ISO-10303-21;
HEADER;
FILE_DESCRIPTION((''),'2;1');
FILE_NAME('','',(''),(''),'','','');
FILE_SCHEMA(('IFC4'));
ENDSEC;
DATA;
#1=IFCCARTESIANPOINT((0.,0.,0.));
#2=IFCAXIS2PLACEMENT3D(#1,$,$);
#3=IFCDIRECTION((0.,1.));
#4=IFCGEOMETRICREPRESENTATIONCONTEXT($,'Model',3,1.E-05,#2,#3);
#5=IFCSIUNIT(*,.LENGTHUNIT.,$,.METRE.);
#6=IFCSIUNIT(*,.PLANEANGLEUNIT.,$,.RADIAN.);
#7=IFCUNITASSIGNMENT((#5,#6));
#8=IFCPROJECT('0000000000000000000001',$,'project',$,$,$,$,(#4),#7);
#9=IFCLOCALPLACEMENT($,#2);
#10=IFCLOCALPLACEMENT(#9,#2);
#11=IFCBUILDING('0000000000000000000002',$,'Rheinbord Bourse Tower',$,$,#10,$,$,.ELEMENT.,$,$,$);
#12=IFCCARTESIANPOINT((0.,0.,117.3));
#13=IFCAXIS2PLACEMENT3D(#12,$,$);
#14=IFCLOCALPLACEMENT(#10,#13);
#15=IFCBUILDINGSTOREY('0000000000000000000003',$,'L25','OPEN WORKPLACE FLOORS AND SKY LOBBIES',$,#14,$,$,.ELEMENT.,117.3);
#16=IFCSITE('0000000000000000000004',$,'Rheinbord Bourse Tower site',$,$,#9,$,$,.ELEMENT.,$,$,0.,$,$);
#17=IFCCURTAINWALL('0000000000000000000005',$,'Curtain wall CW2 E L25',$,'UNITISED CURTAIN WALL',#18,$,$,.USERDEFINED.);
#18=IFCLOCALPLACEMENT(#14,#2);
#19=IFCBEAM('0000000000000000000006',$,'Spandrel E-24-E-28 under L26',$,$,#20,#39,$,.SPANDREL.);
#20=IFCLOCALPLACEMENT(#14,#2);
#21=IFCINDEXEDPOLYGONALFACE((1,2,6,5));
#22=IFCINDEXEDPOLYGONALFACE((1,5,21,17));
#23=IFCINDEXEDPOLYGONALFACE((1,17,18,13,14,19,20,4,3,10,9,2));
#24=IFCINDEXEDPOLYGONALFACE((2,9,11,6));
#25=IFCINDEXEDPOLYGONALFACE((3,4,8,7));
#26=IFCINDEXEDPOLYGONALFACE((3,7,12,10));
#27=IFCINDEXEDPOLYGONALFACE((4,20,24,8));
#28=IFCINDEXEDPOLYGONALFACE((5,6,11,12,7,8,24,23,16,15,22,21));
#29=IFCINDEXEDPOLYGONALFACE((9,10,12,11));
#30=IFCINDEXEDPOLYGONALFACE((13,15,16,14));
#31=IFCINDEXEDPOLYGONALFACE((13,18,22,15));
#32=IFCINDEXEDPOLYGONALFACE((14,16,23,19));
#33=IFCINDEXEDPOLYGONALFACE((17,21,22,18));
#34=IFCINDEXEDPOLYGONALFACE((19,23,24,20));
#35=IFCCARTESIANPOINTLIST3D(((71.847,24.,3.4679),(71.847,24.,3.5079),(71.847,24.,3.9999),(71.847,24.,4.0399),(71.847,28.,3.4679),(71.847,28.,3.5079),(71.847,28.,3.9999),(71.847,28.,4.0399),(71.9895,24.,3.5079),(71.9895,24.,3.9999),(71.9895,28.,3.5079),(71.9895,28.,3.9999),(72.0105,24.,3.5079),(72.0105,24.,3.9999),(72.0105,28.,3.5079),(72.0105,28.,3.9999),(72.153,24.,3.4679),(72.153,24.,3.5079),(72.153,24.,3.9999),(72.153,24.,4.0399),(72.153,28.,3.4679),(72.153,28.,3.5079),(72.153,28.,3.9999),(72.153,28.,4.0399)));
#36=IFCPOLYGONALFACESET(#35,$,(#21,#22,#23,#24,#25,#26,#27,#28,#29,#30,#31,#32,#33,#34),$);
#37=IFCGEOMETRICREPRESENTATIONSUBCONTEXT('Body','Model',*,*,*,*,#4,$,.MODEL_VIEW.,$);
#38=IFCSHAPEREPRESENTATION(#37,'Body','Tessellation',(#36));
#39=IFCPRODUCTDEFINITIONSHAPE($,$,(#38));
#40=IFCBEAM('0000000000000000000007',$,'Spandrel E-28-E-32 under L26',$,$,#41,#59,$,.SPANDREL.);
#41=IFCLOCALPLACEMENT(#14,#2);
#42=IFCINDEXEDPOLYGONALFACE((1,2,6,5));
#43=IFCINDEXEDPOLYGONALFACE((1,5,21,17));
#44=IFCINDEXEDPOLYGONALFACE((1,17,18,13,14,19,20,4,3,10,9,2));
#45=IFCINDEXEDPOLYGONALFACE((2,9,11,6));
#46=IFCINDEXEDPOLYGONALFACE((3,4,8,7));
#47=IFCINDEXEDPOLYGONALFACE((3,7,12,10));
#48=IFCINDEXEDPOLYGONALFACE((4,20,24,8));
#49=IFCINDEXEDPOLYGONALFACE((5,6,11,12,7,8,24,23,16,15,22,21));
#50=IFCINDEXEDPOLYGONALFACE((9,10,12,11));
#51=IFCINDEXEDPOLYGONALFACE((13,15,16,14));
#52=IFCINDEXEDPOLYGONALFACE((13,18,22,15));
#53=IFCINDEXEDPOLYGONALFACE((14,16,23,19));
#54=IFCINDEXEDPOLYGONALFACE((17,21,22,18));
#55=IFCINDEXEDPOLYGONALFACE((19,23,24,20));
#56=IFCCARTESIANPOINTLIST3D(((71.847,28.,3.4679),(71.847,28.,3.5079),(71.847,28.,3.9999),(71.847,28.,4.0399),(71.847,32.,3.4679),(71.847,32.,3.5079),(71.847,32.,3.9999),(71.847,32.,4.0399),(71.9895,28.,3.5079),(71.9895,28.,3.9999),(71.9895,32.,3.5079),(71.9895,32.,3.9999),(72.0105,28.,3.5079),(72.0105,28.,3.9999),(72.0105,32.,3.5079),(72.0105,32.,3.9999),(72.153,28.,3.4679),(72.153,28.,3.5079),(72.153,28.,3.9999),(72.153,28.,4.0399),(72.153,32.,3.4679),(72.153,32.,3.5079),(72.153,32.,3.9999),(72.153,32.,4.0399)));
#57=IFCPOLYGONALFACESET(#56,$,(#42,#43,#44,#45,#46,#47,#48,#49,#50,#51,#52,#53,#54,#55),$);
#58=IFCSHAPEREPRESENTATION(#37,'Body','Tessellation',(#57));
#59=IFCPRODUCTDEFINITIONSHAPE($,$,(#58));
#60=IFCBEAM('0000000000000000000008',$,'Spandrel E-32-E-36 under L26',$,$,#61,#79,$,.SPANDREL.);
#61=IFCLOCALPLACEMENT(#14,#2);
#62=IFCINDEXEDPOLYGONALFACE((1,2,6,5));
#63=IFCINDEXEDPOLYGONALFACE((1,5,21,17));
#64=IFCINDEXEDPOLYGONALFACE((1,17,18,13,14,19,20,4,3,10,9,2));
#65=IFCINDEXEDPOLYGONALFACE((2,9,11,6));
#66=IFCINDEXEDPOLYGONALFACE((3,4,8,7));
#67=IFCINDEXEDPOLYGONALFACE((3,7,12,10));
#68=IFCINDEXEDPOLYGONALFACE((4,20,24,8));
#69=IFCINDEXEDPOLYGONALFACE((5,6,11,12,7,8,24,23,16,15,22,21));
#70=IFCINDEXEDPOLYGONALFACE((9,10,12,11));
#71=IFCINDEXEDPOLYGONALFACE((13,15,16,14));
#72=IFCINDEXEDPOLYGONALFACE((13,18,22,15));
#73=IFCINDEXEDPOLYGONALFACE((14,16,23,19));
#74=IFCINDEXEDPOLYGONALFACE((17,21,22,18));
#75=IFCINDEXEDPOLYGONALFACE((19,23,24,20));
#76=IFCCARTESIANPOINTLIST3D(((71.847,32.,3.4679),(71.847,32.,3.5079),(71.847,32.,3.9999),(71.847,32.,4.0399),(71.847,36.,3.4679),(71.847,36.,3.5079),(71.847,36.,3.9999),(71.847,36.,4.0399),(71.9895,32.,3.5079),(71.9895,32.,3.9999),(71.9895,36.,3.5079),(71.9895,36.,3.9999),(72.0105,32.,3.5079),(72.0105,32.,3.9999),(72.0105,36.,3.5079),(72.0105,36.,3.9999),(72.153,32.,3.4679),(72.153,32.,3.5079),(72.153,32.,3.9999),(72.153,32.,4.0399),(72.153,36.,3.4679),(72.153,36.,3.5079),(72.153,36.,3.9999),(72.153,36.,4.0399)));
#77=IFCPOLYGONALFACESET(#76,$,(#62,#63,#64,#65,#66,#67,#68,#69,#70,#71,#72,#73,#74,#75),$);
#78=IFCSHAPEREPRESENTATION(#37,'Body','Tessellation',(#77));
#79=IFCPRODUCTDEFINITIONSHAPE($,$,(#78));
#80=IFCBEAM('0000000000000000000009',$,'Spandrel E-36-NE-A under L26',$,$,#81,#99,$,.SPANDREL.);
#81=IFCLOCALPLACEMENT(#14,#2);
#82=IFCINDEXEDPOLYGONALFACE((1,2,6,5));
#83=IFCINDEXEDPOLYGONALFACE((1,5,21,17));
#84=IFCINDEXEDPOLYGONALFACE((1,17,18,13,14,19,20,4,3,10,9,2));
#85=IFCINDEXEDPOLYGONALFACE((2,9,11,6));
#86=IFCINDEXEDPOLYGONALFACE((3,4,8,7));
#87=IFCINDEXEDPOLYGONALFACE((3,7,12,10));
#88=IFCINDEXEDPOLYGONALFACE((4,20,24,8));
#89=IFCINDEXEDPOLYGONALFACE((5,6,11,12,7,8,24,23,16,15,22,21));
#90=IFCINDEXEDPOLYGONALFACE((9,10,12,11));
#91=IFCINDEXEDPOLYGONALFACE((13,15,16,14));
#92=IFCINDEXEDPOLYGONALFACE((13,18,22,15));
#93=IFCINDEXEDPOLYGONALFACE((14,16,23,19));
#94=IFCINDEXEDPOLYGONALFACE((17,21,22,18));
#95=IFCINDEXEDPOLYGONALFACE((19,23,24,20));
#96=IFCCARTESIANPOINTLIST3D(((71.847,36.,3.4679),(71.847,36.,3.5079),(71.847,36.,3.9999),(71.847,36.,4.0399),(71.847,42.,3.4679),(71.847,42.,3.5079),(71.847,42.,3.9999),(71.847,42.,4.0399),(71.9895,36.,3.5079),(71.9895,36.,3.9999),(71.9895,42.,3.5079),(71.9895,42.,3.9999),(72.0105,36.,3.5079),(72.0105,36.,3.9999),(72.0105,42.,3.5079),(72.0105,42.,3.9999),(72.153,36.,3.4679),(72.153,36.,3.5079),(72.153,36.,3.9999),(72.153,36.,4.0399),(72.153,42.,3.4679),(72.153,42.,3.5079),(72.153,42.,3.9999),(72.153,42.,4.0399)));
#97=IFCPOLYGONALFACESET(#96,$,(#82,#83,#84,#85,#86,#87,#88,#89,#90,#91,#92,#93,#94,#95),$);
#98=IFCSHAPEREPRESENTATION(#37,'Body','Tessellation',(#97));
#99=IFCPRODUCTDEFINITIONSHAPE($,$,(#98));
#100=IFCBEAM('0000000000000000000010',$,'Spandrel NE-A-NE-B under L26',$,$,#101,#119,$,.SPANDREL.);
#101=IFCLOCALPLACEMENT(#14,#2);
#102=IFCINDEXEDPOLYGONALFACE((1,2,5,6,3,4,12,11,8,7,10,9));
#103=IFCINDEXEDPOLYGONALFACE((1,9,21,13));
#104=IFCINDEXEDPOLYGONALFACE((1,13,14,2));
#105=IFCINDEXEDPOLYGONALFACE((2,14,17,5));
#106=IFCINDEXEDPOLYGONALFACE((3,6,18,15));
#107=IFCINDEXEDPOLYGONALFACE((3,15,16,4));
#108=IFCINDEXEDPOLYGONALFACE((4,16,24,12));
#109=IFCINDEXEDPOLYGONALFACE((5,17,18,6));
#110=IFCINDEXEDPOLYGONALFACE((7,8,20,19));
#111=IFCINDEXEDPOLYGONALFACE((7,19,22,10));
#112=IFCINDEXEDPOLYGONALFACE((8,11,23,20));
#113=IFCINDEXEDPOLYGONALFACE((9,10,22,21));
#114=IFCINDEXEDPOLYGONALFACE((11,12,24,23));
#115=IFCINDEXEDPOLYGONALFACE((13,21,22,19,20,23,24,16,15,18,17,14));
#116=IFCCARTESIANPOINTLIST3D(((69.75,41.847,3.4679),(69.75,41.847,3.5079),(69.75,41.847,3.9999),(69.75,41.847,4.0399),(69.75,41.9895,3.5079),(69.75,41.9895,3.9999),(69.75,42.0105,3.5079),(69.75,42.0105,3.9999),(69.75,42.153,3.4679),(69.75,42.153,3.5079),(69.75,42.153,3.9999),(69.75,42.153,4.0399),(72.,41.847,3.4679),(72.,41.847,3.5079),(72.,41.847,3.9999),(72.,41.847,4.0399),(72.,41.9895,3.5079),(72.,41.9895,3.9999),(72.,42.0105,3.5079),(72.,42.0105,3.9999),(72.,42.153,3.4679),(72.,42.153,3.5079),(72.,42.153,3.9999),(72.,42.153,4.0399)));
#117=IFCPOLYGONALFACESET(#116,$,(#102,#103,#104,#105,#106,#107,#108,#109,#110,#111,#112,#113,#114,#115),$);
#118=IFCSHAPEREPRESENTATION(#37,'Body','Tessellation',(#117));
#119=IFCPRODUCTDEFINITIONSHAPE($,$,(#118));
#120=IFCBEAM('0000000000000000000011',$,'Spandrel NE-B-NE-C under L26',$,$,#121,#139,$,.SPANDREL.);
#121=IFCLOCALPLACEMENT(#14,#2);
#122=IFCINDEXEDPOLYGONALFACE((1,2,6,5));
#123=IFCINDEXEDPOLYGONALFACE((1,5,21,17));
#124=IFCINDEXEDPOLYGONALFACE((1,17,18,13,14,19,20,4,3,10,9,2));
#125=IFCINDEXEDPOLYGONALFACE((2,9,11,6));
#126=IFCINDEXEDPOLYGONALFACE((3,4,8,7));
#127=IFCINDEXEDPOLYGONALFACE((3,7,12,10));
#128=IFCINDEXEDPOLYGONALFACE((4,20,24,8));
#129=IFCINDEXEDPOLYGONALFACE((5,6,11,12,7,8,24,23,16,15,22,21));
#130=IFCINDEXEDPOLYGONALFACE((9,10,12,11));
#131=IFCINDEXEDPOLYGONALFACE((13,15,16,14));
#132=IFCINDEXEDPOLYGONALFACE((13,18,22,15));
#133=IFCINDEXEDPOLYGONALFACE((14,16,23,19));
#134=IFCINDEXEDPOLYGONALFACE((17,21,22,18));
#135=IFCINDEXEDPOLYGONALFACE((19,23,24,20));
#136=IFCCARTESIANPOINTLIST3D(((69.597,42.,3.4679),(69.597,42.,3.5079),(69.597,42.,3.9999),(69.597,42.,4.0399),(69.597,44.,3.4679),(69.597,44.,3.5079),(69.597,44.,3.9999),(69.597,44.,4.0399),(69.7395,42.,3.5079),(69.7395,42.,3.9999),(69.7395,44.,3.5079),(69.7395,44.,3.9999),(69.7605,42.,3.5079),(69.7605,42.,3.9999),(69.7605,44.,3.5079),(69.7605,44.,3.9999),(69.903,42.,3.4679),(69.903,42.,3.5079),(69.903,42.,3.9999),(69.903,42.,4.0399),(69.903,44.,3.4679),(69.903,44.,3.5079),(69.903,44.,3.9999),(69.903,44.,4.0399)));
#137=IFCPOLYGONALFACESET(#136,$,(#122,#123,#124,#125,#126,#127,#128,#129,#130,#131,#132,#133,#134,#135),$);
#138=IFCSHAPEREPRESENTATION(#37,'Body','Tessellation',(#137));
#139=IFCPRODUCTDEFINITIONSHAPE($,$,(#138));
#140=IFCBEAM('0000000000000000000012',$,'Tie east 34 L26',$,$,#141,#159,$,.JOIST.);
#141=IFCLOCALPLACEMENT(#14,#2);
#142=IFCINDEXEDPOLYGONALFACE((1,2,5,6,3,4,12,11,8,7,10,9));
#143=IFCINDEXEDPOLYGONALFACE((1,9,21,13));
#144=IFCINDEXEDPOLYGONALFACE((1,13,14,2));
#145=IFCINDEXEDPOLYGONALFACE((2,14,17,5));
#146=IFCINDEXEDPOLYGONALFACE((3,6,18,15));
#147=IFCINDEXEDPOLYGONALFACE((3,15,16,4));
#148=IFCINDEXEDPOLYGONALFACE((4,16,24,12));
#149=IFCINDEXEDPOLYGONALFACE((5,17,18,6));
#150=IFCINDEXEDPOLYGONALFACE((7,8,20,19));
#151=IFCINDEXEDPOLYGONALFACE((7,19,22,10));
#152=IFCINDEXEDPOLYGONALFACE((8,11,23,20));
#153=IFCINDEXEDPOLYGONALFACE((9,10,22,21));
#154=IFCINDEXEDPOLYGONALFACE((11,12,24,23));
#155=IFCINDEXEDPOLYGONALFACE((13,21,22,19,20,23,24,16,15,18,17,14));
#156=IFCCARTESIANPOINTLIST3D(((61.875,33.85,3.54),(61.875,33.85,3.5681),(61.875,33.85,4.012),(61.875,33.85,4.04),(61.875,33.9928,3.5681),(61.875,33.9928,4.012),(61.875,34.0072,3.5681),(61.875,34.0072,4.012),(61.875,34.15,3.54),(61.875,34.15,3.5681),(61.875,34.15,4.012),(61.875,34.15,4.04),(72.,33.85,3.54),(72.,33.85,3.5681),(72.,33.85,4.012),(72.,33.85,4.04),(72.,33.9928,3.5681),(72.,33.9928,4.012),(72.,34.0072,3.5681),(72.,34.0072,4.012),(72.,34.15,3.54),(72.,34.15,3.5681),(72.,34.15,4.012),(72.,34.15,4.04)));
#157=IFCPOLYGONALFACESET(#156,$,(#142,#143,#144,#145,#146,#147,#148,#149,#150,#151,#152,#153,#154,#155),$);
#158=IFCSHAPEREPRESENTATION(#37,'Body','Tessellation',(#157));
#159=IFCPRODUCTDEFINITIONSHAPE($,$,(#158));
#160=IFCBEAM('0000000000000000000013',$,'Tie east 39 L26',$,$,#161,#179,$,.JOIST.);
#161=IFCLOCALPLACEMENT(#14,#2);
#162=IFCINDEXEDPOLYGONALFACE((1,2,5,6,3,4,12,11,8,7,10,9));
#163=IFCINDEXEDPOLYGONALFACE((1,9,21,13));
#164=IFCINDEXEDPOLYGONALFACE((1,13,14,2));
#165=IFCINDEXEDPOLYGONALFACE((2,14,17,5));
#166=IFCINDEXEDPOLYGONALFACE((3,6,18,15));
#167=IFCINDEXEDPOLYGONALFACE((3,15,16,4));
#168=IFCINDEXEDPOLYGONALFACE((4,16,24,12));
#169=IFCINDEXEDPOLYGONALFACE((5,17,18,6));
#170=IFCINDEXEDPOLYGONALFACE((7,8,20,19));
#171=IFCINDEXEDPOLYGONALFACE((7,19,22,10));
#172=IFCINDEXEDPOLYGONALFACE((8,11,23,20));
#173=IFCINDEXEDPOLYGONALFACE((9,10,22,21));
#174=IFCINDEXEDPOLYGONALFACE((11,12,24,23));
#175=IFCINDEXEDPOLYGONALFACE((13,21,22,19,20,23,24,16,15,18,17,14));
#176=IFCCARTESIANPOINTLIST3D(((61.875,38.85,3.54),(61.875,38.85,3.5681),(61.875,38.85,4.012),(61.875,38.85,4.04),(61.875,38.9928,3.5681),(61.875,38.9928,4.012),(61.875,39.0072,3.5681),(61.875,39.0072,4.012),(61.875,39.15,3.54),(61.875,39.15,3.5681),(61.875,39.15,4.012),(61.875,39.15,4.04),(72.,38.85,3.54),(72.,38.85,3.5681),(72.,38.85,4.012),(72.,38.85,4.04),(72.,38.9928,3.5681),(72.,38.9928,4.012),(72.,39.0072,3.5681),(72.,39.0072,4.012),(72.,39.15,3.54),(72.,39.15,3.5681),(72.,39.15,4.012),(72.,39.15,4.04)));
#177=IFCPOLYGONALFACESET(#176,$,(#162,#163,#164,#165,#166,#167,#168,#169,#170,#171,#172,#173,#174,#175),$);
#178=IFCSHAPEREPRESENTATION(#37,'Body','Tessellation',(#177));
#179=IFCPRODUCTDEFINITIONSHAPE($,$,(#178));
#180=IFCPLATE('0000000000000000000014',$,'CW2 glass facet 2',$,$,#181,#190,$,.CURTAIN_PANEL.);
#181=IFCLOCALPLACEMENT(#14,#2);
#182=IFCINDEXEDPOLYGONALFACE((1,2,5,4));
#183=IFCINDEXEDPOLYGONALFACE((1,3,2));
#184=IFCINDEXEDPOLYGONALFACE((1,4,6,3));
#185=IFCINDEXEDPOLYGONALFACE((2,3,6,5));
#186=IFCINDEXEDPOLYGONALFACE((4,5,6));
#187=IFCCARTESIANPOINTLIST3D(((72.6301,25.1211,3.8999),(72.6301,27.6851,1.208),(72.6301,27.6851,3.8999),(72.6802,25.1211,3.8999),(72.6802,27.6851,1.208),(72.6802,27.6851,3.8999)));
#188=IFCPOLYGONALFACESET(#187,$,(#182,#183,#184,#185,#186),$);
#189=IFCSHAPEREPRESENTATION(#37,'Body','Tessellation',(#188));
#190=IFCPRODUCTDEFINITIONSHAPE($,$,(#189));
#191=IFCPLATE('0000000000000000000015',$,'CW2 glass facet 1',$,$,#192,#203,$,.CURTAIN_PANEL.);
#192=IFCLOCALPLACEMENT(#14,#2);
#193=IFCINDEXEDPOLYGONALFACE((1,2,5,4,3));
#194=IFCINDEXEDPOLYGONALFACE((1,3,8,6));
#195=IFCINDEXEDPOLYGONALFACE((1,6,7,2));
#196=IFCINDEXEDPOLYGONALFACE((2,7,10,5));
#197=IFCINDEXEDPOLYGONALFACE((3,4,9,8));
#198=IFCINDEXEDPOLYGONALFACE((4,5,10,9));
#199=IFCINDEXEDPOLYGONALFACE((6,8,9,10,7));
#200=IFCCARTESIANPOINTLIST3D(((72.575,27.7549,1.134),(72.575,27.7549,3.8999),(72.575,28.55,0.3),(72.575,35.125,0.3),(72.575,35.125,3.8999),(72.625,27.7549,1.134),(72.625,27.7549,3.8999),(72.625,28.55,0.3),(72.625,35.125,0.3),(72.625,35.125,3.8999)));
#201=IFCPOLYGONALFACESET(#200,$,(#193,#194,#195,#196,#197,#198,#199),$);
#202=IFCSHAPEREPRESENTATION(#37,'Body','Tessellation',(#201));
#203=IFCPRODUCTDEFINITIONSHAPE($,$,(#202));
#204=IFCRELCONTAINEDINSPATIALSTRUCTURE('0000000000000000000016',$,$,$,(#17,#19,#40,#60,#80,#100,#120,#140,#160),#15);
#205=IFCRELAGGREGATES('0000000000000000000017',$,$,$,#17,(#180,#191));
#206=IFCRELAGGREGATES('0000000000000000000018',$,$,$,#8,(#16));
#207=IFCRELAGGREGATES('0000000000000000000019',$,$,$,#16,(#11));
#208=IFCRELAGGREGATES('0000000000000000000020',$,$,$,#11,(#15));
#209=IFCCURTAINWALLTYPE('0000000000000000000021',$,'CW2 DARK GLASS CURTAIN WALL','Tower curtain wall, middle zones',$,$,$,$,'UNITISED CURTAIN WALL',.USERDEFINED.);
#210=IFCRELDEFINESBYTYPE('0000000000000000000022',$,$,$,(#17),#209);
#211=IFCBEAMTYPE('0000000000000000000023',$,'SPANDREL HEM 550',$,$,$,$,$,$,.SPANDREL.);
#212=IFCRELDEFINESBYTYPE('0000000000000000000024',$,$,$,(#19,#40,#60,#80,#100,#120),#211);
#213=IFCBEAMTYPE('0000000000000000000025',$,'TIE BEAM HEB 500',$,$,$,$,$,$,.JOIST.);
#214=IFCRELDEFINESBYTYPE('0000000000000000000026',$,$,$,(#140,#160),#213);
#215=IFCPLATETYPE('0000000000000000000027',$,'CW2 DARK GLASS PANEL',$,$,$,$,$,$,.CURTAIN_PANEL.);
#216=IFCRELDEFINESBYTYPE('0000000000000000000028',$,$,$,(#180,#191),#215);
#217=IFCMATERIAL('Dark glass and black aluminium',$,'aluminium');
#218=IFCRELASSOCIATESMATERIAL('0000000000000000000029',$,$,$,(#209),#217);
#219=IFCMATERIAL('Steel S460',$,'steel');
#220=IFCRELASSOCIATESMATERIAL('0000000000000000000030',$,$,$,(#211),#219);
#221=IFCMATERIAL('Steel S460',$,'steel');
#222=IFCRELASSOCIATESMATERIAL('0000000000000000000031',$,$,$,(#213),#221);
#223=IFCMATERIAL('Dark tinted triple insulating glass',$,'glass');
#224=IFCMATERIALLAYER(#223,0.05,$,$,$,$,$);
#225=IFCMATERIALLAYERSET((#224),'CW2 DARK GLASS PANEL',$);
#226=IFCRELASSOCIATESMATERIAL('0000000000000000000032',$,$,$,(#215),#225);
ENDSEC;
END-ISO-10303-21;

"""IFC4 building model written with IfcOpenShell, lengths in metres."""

from ifc_helpers import new_model, si_unit, direction, frame, origin, origin_2d, place, context, subcontext, project, spatial, polyline, i_section, outline, extrude, material, layer, layer_set, material_profile, profile_set, type_object, element, aggregate, save


model = new_model("IFC4")

# Units and contexts
model_context = context("Model", 3, precision=1e-05, world=origin(), true_north=direction((0.0, 1.0)))
body_context = subcontext(model_context, "Body", "Model", "MODEL_VIEW")
ifc_project = project(units=[si_unit("LENGTHUNIT", "METRE"), si_unit("PLANEANGLEUNIT", "RADIAN")], contexts=[model_context])

# Site, building, storey
site_placement = place(None, origin())
site = spatial("IfcSite", under=ifc_project, at=site_placement, Name="Rheinbord Bourse Tower site", CompositionType="ELEMENT", RefElevation=0.0)
building_placement = place(site_placement, origin())
building = spatial("IfcBuilding", under=site, at=building_placement, Name="Rheinbord Bourse Tower", CompositionType="ELEMENT")
storey_placement = place(building_placement, frame((0.0, 0.0, 117.3)))
storey = spatial("IfcBuildingStorey", under=building, at=storey_placement, Name="L25", Description="OPEN WORKPLACE FLOORS AND SKY LOBBIES", CompositionType="ELEMENT", Elevation=117.3)

# Curtain wall
ifc_material_1 = material(Name="Dark glass and black aluminium", Category="aluminium")
curtain_wall_type = type_object("IfcCurtainWallType", Name="CW2 DARK GLASS CURTAIN WALL", Description="Tower curtain wall, middle zones", ElementType="UNITISED CURTAIN WALL", PredefinedType="USERDEFINED", material=ifc_material_1)
curtain_wall_placement = place(storey_placement, origin())
curtain_wall = element("IfcCurtainWall", 1, at=curtain_wall_placement, inside=storey, type_object=curtain_wall_type, Name="Curtain wall CW2 E L25", ObjectType="UNITISED CURTAIN WALL", PredefinedType="USERDEFINED")

# Beams
ifc_material_2 = material(Name="Steel S460", Category="steel")
ifc_material_profile_1 = material_profile(ifc_material_2, i_section(OverallWidth=0.3059, OverallDepth=0.572, WebThickness=0.021, FlangeThickness=0.04, at=origin_2d()), Name="HEM 550")
ifc_profile_set_1 = profile_set([ifc_material_profile_1], Name="Steel S460")
beam_type_1 = type_object("IfcBeamType", Name="SPANDREL HEM 550", PredefinedType="SPANDREL", material=ifc_profile_set_1)
for number, where, z_axis, x_axis, name in (
    (2, (72.0, 24.0, 3.7539), (0.0, 1.0, 0.0), (-1.0, 0.0, 0.0), "Spandrel E-24-E-28 under L26"),
    (3, (72.0, 28.0, 3.7539), (0.0, 1.0, 0.0), (-1.0, 0.0, 0.0), "Spandrel E-28-E-32 under L26"),
    (4, (72.0, 32.0, 3.7539), (0.0, 1.0, 0.0), (-1.0, 0.0, 0.0), "Spandrel E-32-E-36 under L26"),
):
    element("IfcBeam", number, at=place(storey_placement, frame(where, z_axis=z_axis, x_axis=x_axis)), inside=storey, type_object=beam_type_1, Name=name, PredefinedType="SPANDREL", context=body_context, shape_type="SweptSolid", body=[
        extrude(i_section(OverallWidth=0.3059, OverallDepth=0.572, WebThickness=0.021, FlangeThickness=0.04, at=origin_2d()), origin(), (0.0, 0.0, 1.0), 4.0),
    ])
beam_1_placement = place(storey_placement, frame((72.0, 36.0, 3.7539), z_axis=(0.0, 1.0, 0.0), x_axis=(-1.0, 0.0, 0.0)))
element("IfcBeam", 5, at=beam_1_placement, inside=storey, type_object=beam_type_1, Name="Spandrel E-36-NE-A under L26", PredefinedType="SPANDREL", context=body_context, shape_type="SweptSolid", body=[
    extrude(i_section(OverallWidth=0.3059, OverallDepth=0.572, WebThickness=0.021, FlangeThickness=0.04, at=origin_2d()), origin(), (0.0, 0.0, 1.0), 6.0),
])
beam_2_placement = place(storey_placement, frame((72.0, 42.0, 3.7539), z_axis=(-1.0, 0.0, 0.0), x_axis=(0.0, -1.0, 0.0)))
element("IfcBeam", 6, at=beam_2_placement, inside=storey, type_object=beam_type_1, Name="Spandrel NE-A-NE-B under L26", PredefinedType="SPANDREL", context=body_context, shape_type="SweptSolid", body=[
    extrude(i_section(OverallWidth=0.3059, OverallDepth=0.572, WebThickness=0.021, FlangeThickness=0.04, at=origin_2d()), origin(), (0.0, 0.0, 1.0), 2.25),
])
beam_3_placement = place(storey_placement, frame((69.75, 42.0, 3.7539), z_axis=(0.0, 1.0, 0.0), x_axis=(-1.0, 0.0, 0.0)))
element("IfcBeam", 7, at=beam_3_placement, inside=storey, type_object=beam_type_1, Name="Spandrel NE-B-NE-C under L26", PredefinedType="SPANDREL", context=body_context, shape_type="SweptSolid", body=[
    extrude(i_section(OverallWidth=0.3059, OverallDepth=0.572, WebThickness=0.021, FlangeThickness=0.04, at=origin_2d()), origin(), (0.0, 0.0, 1.0), 2.0),
])
ifc_material_3 = material(Name="Steel S460", Category="steel")
ifc_material_profile_2 = material_profile(ifc_material_3, i_section(OverallWidth=0.3, OverallDepth=0.5, WebThickness=0.0144, FlangeThickness=0.0281, at=origin_2d()), Name="HEB 500")
ifc_profile_set_2 = profile_set([ifc_material_profile_2], Name="Steel S460")
beam_type_2 = type_object("IfcBeamType", Name="TIE BEAM HEB 500", PredefinedType="JOIST", material=ifc_profile_set_2)
for number, where, z_axis, x_axis, name in (
    (8, (61.875, 34.0, 3.79), (1.0, 0.0, 0.0), (0.0, 1.0, 0.0), "Tie east 34 L26"),
    (9, (61.875, 39.0, 3.79), (1.0, 0.0, 0.0), (0.0, 1.0, 0.0), "Tie east 39 L26"),
):
    element("IfcBeam", number, at=place(storey_placement, frame(where, z_axis=z_axis, x_axis=x_axis)), inside=storey, type_object=beam_type_2, Name=name, PredefinedType="JOIST", context=body_context, shape_type="SweptSolid", body=[
        extrude(i_section(OverallWidth=0.3, OverallDepth=0.5, WebThickness=0.0144, FlangeThickness=0.0281, at=origin_2d()), origin(), (0.0, 0.0, 1.0), 10.125),
    ])

# Plates
ifc_material_4 = material(Name="Dark tinted triple insulating glass", Category="glass")
ifc_layer_1 = layer(ifc_material_4, 0.05)
ifc_layer_set_1 = layer_set([ifc_layer_1], Name="CW2 DARK GLASS PANEL")
plate_type = type_object("IfcPlateType", Name="CW2 DARK GLASS PANEL", PredefinedType="CURTAIN_PANEL", material=ifc_layer_set_1)
plate_1_placement = place(storey_placement, frame((72.6802, 27.6851, 3.8999), z_axis=(-1.0, 0.0, 0.0), x_axis=(0.0, 0.0, -1.0)))
plate_1 = element("IfcPlate", 10, at=plate_1_placement, type_object=plate_type, Name="CW2 glass facet 2", PredefinedType="CURTAIN_PANEL", context=body_context, shape_type="SweptSolid", body=[
    extrude(outline(polyline([(0.0, 0.0), (2.6919, 0.0), (0.0, 2.564), (0.0, 0.0)])), origin(), (0.0, 0.0, 1.0), 0.05),
])
plate_2_placement = place(storey_placement, frame((72.625, 27.7549, 3.8999), z_axis=(-1.0, 0.0, 0.0), x_axis=(0.0, 1.0, 0.0)))
plate_2 = element("IfcPlate", 11, at=plate_2_placement, type_object=plate_type, Name="CW2 glass facet 1", PredefinedType="CURTAIN_PANEL", context=body_context, shape_type="SweptSolid", body=[
    extrude(outline(polyline([(0.0, 0.0), (7.3701, 0.0), (7.3701, 3.5999), (0.7952, 3.5999), (0.0, 2.7659), (0.0, 0.0)])), origin(), (0.0, 0.0, 1.0), 0.05),
])
aggregate(curtain_wall, [plate_1, plate_2])

save(model, "model.ifc")
